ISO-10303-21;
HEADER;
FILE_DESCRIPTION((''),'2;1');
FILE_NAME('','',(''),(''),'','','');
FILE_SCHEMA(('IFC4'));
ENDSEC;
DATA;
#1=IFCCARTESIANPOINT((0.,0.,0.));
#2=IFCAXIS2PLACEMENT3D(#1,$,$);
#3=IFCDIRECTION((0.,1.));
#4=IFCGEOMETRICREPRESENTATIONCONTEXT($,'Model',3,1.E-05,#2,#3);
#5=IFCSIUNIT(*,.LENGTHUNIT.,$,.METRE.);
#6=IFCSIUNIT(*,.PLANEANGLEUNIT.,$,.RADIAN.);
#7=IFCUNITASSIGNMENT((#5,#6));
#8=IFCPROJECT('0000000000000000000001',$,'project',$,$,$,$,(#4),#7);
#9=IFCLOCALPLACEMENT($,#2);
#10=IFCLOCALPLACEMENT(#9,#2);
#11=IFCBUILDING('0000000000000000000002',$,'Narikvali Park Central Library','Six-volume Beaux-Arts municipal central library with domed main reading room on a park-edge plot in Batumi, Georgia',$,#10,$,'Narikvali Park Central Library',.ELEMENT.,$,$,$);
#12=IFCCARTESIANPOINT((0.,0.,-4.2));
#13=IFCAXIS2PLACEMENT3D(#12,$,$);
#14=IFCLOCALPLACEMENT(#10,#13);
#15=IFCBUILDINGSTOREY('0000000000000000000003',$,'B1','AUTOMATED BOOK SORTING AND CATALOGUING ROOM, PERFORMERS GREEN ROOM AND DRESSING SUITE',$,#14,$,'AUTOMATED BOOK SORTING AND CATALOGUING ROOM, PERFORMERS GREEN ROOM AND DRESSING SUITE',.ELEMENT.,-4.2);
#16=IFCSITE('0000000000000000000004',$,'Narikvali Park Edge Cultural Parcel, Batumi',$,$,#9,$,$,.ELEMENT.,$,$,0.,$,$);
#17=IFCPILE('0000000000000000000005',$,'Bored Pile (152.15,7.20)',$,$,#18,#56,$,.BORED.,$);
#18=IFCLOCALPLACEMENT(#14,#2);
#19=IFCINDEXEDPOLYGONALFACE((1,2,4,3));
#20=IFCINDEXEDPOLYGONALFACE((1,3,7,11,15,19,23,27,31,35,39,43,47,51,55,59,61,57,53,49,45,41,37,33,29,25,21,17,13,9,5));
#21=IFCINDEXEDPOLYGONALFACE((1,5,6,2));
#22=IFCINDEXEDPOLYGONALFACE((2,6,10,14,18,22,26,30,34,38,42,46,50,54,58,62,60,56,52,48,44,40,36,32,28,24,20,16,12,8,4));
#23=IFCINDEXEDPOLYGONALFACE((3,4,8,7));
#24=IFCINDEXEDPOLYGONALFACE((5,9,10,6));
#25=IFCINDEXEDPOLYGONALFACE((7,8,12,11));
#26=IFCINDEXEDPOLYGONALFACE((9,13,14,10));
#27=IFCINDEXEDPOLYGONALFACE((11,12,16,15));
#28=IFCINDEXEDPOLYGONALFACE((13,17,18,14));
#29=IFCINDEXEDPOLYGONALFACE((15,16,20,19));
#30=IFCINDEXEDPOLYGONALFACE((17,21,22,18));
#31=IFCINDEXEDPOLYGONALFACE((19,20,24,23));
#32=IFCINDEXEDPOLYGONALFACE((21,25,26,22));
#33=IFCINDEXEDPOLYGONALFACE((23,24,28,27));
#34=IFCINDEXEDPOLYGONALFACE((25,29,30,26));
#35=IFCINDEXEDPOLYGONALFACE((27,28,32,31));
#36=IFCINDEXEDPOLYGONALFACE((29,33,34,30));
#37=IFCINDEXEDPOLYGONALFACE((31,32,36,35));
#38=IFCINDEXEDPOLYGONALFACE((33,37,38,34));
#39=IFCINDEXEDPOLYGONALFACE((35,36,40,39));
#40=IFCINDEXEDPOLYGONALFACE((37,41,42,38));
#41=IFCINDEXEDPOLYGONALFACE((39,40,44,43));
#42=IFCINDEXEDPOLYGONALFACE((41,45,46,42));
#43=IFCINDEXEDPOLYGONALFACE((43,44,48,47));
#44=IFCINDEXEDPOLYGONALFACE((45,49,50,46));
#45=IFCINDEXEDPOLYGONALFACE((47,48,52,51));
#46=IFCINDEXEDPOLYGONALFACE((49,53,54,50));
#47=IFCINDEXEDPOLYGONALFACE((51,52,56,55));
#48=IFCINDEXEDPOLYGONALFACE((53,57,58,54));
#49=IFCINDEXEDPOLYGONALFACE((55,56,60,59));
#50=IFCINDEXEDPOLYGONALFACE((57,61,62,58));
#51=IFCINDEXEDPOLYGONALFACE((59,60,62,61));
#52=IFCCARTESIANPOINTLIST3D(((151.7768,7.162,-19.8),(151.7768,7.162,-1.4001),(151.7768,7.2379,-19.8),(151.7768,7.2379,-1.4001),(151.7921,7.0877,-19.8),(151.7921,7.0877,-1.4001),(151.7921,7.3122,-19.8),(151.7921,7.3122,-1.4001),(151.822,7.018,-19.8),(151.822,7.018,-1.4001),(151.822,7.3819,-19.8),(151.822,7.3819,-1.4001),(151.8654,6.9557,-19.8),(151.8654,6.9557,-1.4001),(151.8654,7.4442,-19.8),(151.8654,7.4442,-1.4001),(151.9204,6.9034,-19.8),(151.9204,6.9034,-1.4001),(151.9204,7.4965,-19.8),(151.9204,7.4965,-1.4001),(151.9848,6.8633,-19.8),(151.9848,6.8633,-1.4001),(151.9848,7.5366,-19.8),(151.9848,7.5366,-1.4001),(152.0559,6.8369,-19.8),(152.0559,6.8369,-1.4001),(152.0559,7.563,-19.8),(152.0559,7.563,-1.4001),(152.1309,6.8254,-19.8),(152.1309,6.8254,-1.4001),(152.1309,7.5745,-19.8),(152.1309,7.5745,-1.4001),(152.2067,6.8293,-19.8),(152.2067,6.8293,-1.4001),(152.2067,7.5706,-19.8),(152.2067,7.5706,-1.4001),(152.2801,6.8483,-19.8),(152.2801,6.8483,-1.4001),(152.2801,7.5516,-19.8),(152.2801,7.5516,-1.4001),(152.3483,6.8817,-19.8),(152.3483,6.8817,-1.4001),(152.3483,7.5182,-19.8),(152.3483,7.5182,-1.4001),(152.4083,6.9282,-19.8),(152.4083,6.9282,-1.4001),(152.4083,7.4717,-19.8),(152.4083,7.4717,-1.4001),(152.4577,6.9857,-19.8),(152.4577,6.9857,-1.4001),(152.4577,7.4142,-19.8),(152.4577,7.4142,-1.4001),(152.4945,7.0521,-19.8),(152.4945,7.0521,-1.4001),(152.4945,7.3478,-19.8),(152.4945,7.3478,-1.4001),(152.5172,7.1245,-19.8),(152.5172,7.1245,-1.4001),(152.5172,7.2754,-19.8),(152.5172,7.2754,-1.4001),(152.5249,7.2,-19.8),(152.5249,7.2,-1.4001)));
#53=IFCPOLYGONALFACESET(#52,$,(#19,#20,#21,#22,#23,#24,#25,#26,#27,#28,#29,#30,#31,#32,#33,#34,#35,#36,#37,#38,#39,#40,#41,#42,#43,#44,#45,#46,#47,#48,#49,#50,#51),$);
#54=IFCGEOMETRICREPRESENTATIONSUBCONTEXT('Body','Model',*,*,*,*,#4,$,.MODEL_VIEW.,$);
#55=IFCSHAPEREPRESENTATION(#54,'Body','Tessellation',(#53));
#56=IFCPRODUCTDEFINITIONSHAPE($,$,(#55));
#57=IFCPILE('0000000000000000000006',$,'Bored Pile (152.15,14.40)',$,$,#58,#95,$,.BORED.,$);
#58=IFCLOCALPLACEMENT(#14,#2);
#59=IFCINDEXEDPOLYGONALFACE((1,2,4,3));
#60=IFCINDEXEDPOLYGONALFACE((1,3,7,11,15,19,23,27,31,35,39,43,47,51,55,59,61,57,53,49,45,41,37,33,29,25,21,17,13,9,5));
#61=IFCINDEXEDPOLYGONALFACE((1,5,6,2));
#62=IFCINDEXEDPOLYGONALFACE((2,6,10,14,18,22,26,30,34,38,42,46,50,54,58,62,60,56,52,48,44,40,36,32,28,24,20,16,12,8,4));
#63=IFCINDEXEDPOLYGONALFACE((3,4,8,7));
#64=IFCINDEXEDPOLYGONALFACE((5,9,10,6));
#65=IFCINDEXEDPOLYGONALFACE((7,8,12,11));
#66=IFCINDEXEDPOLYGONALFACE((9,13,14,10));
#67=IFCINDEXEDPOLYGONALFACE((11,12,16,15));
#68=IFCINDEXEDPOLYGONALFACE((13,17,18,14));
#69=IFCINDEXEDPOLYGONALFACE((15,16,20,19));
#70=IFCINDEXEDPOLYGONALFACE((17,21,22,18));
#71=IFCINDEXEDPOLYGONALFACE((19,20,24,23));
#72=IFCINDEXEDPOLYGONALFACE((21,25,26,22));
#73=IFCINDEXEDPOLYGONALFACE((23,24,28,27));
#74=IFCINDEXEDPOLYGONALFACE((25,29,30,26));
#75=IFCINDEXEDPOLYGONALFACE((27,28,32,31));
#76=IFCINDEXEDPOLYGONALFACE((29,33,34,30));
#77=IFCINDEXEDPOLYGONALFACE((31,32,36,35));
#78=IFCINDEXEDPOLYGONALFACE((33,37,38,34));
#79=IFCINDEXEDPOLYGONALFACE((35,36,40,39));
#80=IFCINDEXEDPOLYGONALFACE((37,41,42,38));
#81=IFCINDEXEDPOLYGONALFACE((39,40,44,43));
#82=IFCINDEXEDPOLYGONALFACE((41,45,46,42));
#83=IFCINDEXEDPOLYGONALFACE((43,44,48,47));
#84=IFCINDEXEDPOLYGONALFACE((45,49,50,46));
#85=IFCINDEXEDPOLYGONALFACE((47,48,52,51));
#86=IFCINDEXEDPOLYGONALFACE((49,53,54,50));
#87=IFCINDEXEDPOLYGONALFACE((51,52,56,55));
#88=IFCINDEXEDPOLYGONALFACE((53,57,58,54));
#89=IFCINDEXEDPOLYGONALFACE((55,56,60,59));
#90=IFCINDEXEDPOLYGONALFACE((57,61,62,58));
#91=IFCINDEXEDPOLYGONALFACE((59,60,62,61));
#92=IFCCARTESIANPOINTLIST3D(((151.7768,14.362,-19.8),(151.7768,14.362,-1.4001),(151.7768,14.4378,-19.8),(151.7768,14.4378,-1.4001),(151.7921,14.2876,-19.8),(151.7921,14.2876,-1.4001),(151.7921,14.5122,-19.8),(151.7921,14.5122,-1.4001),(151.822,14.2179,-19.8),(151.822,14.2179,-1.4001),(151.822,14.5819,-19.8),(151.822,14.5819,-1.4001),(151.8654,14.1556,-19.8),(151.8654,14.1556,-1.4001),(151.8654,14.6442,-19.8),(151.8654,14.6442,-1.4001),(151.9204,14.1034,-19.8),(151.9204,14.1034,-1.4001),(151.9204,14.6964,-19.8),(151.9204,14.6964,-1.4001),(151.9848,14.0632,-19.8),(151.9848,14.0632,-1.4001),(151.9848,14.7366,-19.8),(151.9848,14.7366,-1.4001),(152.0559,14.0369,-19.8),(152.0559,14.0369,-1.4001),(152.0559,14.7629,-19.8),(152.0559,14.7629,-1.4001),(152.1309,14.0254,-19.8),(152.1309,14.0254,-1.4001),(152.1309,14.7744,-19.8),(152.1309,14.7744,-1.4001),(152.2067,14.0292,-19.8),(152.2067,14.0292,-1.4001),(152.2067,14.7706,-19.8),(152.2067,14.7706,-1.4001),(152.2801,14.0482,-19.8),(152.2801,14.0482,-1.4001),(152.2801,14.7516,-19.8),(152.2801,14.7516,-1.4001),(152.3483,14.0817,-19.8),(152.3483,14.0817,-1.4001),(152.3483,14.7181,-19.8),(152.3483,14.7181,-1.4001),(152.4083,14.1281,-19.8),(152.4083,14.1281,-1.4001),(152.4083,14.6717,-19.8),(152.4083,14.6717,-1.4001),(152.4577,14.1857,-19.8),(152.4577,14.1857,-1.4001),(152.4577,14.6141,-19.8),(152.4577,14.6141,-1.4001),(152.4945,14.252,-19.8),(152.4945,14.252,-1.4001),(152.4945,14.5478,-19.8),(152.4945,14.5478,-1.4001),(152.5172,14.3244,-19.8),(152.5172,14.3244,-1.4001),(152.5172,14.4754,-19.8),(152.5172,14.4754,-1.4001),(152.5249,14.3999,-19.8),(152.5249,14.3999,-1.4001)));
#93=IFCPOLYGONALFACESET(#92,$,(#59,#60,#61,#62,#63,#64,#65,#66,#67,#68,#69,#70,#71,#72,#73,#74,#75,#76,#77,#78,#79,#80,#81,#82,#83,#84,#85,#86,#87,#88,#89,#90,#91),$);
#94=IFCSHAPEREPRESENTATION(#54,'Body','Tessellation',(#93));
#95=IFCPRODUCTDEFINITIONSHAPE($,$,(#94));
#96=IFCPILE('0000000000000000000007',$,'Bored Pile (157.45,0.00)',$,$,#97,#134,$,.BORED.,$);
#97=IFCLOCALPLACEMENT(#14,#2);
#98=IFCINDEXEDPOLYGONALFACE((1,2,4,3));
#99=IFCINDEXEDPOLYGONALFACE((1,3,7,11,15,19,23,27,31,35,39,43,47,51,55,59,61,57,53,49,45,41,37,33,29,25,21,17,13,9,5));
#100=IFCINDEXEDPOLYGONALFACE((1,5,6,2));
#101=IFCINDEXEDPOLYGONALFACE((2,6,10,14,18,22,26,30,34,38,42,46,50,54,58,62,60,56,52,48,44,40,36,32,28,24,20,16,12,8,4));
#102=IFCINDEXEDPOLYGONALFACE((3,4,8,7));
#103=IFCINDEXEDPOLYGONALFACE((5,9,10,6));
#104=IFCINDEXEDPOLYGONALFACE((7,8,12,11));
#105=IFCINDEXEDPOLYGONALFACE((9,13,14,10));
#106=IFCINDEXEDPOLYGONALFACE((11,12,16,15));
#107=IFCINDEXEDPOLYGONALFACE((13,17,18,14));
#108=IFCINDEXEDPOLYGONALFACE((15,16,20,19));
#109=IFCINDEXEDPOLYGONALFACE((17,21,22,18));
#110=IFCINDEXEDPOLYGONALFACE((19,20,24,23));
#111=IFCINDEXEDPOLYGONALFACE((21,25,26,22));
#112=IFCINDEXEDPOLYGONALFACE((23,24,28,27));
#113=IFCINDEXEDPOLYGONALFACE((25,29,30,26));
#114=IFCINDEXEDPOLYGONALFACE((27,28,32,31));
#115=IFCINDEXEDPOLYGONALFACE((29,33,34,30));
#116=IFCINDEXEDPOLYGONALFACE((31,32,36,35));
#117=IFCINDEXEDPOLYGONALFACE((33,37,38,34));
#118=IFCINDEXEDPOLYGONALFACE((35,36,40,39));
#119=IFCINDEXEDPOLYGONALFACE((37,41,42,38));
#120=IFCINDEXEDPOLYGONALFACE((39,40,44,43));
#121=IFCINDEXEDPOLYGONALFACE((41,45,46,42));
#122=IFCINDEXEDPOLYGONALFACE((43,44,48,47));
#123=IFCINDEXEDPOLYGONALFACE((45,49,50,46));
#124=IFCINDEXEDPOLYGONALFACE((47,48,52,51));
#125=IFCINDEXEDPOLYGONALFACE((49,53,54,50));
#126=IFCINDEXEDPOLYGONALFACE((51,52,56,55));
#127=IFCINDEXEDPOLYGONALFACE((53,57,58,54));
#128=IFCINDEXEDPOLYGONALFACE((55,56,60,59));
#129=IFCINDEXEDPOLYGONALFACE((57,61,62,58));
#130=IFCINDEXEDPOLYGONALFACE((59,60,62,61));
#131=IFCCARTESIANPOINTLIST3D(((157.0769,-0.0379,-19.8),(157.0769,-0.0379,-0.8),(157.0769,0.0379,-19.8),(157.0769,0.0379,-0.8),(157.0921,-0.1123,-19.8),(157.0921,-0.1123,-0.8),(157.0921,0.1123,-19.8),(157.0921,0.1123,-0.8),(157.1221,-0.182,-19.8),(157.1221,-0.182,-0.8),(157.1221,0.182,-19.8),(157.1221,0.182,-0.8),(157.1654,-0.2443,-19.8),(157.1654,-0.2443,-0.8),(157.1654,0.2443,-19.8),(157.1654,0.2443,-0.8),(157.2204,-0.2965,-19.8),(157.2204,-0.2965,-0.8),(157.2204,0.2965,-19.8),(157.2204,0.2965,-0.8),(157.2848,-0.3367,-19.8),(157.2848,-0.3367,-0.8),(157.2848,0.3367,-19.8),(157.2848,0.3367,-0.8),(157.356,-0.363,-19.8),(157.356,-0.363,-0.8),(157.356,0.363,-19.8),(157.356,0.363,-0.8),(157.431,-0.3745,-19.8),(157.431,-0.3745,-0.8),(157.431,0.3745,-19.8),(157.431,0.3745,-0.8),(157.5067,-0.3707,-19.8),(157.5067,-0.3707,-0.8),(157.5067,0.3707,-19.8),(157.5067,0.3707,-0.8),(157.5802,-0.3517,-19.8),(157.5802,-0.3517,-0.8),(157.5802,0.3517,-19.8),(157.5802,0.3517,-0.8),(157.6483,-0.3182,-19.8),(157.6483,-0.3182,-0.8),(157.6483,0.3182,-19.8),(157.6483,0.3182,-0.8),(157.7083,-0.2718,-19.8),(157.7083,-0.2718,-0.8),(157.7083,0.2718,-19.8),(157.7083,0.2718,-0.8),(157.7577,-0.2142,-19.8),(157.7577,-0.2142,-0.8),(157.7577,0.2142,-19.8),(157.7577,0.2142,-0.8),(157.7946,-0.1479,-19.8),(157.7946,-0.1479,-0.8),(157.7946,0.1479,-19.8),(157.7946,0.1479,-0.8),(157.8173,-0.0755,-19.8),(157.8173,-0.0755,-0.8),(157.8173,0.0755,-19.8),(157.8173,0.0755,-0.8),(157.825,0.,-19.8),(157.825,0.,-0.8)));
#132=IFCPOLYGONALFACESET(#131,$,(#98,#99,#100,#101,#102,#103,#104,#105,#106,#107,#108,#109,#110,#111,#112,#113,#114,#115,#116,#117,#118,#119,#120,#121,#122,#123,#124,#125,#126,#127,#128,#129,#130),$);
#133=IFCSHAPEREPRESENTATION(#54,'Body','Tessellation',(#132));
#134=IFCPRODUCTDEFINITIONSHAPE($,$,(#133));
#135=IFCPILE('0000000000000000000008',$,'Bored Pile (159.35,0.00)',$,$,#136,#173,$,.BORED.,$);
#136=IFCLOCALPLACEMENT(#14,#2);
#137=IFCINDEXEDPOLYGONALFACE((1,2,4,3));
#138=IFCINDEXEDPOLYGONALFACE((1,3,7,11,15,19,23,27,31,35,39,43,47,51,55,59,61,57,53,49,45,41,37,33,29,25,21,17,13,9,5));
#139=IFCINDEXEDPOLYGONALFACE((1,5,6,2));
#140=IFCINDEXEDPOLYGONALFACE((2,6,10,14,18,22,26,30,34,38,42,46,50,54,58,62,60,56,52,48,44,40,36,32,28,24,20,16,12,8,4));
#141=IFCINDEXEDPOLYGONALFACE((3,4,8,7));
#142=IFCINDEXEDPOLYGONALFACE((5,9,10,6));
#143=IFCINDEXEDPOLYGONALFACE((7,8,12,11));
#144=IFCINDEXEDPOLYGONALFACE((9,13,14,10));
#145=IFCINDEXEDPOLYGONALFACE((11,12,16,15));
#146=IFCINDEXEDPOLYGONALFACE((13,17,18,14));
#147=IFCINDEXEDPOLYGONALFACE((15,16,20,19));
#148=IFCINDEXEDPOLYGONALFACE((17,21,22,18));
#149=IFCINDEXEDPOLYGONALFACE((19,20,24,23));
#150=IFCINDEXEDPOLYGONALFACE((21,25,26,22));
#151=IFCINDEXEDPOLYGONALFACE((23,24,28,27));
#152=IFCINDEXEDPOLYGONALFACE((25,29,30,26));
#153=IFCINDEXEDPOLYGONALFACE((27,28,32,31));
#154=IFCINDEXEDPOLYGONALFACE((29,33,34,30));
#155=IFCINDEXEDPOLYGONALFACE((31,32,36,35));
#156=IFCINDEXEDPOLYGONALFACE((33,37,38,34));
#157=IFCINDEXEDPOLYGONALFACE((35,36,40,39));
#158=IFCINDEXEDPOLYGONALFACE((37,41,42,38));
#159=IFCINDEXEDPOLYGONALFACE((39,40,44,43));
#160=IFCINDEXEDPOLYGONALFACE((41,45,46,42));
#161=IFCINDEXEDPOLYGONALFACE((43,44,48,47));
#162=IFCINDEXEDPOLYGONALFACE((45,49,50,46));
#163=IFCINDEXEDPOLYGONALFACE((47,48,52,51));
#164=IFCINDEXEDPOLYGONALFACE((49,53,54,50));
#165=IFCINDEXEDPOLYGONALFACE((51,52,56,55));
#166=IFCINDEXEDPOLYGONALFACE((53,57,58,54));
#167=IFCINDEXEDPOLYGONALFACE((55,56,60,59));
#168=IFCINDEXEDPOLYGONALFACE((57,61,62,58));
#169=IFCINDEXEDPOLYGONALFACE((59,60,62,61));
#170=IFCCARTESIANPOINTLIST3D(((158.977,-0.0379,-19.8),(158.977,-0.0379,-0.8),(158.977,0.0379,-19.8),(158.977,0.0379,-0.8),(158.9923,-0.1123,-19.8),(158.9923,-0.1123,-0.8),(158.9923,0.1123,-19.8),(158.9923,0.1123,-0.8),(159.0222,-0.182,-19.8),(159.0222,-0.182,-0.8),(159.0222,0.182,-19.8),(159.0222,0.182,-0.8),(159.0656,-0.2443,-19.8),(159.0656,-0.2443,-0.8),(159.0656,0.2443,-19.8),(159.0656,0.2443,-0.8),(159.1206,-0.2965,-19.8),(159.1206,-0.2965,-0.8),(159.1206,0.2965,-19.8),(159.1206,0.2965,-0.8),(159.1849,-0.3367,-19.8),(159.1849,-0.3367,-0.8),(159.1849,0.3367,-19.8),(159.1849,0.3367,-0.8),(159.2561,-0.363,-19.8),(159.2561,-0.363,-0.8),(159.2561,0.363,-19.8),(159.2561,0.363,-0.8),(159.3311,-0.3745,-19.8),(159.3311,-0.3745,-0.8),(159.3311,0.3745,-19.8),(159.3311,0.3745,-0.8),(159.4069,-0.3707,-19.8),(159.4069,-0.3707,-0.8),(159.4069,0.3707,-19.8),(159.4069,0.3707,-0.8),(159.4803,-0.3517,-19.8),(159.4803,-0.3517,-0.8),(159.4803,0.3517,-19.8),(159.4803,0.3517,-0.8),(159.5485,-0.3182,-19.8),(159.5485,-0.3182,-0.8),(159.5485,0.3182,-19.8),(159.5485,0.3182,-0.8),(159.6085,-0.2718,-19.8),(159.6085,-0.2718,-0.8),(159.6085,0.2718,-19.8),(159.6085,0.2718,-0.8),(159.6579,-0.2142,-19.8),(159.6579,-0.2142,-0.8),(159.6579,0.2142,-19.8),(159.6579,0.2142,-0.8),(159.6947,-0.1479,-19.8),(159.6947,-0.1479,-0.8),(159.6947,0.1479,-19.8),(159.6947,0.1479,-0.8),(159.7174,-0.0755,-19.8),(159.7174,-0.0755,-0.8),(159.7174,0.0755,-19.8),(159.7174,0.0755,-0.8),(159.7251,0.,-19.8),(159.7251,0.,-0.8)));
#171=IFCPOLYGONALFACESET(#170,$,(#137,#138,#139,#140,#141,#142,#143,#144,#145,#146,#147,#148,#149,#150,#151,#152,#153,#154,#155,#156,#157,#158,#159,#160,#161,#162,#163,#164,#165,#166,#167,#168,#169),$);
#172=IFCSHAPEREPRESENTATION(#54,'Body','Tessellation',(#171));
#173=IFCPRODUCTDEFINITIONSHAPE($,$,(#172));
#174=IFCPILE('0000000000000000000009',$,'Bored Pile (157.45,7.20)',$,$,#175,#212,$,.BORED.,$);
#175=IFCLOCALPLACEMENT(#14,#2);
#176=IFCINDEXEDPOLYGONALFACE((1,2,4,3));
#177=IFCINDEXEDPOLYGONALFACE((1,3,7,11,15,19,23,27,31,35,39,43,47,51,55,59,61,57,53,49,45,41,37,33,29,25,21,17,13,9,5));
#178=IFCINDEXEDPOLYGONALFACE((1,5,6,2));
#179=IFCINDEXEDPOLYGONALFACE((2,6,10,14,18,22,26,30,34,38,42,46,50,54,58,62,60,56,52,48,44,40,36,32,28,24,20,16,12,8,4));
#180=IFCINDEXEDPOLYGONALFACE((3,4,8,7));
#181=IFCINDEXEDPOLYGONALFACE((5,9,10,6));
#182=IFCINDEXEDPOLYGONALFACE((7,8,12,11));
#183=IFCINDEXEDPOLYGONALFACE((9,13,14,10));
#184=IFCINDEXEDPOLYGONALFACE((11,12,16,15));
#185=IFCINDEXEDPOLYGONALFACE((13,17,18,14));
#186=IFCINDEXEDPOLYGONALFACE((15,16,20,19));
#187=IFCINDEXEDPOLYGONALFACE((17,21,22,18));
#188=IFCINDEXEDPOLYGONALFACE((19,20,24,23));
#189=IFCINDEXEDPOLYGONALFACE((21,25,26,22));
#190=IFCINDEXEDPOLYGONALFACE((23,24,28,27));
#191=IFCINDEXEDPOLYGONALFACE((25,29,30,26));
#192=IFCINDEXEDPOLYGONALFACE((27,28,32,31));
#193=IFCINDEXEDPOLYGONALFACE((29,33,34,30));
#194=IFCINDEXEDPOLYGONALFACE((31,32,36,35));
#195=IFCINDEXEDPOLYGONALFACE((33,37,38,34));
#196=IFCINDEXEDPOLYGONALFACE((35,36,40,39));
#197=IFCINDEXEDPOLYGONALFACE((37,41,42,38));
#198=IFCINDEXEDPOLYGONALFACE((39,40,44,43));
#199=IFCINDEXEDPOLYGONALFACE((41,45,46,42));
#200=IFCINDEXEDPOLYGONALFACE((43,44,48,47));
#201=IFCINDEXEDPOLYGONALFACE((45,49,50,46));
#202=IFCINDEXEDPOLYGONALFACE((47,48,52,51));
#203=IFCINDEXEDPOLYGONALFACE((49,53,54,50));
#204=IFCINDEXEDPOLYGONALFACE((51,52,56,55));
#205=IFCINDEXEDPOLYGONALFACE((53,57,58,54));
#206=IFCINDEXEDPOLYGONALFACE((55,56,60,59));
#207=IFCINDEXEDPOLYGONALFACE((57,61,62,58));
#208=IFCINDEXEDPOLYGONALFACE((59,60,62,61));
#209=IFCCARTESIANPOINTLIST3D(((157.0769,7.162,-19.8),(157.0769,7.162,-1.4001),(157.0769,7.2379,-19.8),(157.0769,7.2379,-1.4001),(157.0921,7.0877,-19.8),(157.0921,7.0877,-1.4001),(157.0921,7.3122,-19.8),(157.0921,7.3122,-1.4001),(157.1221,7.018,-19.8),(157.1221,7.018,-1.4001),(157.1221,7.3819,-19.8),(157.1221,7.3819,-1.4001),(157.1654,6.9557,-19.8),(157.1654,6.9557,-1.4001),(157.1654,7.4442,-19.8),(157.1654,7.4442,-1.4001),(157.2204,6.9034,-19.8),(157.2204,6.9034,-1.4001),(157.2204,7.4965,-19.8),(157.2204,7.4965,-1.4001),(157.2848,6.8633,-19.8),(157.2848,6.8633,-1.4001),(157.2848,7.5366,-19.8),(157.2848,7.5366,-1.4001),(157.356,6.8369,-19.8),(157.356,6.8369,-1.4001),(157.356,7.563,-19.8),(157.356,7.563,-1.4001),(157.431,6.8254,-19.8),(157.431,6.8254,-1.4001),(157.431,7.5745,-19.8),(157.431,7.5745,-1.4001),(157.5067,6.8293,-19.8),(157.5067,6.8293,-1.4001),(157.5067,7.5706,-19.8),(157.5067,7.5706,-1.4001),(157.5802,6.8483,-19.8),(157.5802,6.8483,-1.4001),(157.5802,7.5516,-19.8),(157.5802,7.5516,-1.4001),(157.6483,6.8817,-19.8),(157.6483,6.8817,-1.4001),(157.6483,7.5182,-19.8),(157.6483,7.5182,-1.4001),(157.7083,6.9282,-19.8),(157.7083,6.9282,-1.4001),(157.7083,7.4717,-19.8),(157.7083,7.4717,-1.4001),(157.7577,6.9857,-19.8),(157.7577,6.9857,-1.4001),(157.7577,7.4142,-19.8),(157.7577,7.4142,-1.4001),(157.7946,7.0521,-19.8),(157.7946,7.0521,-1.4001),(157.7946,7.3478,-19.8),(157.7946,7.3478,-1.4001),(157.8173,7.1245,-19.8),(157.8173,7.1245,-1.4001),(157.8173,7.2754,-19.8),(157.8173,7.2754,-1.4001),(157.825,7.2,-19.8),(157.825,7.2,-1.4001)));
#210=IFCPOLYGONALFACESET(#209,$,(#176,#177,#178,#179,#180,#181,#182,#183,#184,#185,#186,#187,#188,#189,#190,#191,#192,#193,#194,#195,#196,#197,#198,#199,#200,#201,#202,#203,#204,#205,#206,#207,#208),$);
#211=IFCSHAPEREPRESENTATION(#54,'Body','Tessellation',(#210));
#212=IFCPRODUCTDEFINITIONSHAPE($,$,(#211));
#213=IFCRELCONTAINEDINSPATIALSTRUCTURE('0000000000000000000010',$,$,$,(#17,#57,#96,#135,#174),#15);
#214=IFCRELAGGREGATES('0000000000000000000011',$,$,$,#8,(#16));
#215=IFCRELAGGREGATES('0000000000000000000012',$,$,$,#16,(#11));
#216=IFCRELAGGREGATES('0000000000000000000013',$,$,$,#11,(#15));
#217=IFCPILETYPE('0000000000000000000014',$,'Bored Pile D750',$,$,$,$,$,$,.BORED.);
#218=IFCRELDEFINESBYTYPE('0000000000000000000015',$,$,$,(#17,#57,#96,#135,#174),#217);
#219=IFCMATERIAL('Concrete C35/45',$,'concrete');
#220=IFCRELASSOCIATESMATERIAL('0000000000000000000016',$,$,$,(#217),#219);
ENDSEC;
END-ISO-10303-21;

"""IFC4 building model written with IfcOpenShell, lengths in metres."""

from ifc_helpers import new_model, si_unit, direction, frame, origin, origin_2d, place, context, subcontext, project, spatial, circle, extrude, material, material_profile, profile_set, type_object, element, save


model = new_model("IFC4")

# Units and contexts
model_context = context("Model", 3, precision=1e-05, world=origin(), true_north=direction((0.0, 1.0)))
body_context = subcontext(model_context, "Body", "Model", "MODEL_VIEW")
ifc_project = project(units=[si_unit("LENGTHUNIT", "METRE"), si_unit("PLANEANGLEUNIT", "RADIAN")], contexts=[model_context])

# Site, building, storey
site_placement = place(None, origin())
site = spatial("IfcSite", under=ifc_project, at=site_placement, Name="Narikvali Park Edge Cultural Parcel, Batumi", CompositionType="ELEMENT", RefElevation=0.0)
building_placement = place(site_placement, origin())
building = spatial("IfcBuilding", under=site, at=building_placement, Name="Narikvali Park Central Library", Description="Six-volume Beaux-Arts municipal central library with domed main reading room on a park-edge plot in Batumi, Georgia", LongName="Narikvali Park Central Library", CompositionType="ELEMENT")
storey_placement = place(building_placement, frame((0.0, 0.0, -4.2)))
storey = spatial("IfcBuildingStorey", under=building, at=storey_placement, Name="B1", Description="AUTOMATED BOOK SORTING AND CATALOGUING ROOM, PERFORMERS GREEN ROOM AND DRESSING SUITE", LongName="AUTOMATED BOOK SORTING AND CATALOGUING ROOM, PERFORMERS GREEN ROOM AND DRESSING SUITE", CompositionType="ELEMENT", Elevation=-4.2)

# Piles
ifc_material_1 = material(Name="Concrete C35/45", Category="concrete")
ifc_material_profile_1 = material_profile(ifc_material_1, circle(Radius=0.375, at=origin_2d()), Name="PILE D750")
ifc_profile_set_1 = profile_set([ifc_material_profile_1], Name="Concrete C35/45")
pile_type = type_object("IfcPileType", Name="Bored Pile D750", PredefinedType="BORED", material=ifc_profile_set_1)
for number, where, z_axis, x_axis, name in (
    (1, (152.1499, 7.2, -1.4001), (0.0, 0.0, -1.0), (1.0, 0.0, 0.0), "Bored Pile (152.15,7.20)"),
    (2, (152.1499, 14.3999, -1.4001), (0.0, 0.0, -1.0), (1.0, 0.0, 0.0), "Bored Pile (152.15,14.40)"),
):
    element("IfcPile", number, at=place(storey_placement, frame(where, z_axis=z_axis, x_axis=x_axis)), inside=storey, type_object=pile_type, Name=name, PredefinedType="BORED", context=body_context, shape_type="SweptSolid", body=[
        extrude(circle(Radius=0.375, at=origin_2d()), origin(), (0.0, 0.0, 1.0), 18.3999),
    ])
for number, where, z_axis, x_axis, name in (
    (3, (157.45, 0.0, -0.8), (0.0, 0.0, -1.0), (1.0, 0.0, 0.0), "Bored Pile (157.45,0.00)"),
    (4, (159.3501, 0.0, -0.8), (0.0, 0.0, -1.0), (1.0, 0.0, 0.0), "Bored Pile (159.35,0.00)"),
):
    element("IfcPile", number, at=place(storey_placement, frame(where, z_axis=z_axis, x_axis=x_axis)), inside=storey, type_object=pile_type, Name=name, PredefinedType="BORED", context=body_context, shape_type="SweptSolid", body=[
        extrude(circle(Radius=0.375, at=origin_2d()), origin(), (0.0, 0.0, 1.0), 19.0),
    ])
for number, where, z_axis, x_axis, name in (
    (5, (157.45, 7.2, -1.4001), (0.0, 0.0, -1.0), (1.0, 0.0, 0.0), "Bored Pile (157.45,7.20)"),
):
    element("IfcPile", number, at=place(storey_placement, frame(where, z_axis=z_axis, x_axis=x_axis)), inside=storey, type_object=pile_type, Name=name, PredefinedType="BORED", context=body_context, shape_type="SweptSolid", body=[
        extrude(circle(Radius=0.375, at=origin_2d()), origin(), (0.0, 0.0, 1.0), 18.3999),
    ])

save(model, "model.ifc")
